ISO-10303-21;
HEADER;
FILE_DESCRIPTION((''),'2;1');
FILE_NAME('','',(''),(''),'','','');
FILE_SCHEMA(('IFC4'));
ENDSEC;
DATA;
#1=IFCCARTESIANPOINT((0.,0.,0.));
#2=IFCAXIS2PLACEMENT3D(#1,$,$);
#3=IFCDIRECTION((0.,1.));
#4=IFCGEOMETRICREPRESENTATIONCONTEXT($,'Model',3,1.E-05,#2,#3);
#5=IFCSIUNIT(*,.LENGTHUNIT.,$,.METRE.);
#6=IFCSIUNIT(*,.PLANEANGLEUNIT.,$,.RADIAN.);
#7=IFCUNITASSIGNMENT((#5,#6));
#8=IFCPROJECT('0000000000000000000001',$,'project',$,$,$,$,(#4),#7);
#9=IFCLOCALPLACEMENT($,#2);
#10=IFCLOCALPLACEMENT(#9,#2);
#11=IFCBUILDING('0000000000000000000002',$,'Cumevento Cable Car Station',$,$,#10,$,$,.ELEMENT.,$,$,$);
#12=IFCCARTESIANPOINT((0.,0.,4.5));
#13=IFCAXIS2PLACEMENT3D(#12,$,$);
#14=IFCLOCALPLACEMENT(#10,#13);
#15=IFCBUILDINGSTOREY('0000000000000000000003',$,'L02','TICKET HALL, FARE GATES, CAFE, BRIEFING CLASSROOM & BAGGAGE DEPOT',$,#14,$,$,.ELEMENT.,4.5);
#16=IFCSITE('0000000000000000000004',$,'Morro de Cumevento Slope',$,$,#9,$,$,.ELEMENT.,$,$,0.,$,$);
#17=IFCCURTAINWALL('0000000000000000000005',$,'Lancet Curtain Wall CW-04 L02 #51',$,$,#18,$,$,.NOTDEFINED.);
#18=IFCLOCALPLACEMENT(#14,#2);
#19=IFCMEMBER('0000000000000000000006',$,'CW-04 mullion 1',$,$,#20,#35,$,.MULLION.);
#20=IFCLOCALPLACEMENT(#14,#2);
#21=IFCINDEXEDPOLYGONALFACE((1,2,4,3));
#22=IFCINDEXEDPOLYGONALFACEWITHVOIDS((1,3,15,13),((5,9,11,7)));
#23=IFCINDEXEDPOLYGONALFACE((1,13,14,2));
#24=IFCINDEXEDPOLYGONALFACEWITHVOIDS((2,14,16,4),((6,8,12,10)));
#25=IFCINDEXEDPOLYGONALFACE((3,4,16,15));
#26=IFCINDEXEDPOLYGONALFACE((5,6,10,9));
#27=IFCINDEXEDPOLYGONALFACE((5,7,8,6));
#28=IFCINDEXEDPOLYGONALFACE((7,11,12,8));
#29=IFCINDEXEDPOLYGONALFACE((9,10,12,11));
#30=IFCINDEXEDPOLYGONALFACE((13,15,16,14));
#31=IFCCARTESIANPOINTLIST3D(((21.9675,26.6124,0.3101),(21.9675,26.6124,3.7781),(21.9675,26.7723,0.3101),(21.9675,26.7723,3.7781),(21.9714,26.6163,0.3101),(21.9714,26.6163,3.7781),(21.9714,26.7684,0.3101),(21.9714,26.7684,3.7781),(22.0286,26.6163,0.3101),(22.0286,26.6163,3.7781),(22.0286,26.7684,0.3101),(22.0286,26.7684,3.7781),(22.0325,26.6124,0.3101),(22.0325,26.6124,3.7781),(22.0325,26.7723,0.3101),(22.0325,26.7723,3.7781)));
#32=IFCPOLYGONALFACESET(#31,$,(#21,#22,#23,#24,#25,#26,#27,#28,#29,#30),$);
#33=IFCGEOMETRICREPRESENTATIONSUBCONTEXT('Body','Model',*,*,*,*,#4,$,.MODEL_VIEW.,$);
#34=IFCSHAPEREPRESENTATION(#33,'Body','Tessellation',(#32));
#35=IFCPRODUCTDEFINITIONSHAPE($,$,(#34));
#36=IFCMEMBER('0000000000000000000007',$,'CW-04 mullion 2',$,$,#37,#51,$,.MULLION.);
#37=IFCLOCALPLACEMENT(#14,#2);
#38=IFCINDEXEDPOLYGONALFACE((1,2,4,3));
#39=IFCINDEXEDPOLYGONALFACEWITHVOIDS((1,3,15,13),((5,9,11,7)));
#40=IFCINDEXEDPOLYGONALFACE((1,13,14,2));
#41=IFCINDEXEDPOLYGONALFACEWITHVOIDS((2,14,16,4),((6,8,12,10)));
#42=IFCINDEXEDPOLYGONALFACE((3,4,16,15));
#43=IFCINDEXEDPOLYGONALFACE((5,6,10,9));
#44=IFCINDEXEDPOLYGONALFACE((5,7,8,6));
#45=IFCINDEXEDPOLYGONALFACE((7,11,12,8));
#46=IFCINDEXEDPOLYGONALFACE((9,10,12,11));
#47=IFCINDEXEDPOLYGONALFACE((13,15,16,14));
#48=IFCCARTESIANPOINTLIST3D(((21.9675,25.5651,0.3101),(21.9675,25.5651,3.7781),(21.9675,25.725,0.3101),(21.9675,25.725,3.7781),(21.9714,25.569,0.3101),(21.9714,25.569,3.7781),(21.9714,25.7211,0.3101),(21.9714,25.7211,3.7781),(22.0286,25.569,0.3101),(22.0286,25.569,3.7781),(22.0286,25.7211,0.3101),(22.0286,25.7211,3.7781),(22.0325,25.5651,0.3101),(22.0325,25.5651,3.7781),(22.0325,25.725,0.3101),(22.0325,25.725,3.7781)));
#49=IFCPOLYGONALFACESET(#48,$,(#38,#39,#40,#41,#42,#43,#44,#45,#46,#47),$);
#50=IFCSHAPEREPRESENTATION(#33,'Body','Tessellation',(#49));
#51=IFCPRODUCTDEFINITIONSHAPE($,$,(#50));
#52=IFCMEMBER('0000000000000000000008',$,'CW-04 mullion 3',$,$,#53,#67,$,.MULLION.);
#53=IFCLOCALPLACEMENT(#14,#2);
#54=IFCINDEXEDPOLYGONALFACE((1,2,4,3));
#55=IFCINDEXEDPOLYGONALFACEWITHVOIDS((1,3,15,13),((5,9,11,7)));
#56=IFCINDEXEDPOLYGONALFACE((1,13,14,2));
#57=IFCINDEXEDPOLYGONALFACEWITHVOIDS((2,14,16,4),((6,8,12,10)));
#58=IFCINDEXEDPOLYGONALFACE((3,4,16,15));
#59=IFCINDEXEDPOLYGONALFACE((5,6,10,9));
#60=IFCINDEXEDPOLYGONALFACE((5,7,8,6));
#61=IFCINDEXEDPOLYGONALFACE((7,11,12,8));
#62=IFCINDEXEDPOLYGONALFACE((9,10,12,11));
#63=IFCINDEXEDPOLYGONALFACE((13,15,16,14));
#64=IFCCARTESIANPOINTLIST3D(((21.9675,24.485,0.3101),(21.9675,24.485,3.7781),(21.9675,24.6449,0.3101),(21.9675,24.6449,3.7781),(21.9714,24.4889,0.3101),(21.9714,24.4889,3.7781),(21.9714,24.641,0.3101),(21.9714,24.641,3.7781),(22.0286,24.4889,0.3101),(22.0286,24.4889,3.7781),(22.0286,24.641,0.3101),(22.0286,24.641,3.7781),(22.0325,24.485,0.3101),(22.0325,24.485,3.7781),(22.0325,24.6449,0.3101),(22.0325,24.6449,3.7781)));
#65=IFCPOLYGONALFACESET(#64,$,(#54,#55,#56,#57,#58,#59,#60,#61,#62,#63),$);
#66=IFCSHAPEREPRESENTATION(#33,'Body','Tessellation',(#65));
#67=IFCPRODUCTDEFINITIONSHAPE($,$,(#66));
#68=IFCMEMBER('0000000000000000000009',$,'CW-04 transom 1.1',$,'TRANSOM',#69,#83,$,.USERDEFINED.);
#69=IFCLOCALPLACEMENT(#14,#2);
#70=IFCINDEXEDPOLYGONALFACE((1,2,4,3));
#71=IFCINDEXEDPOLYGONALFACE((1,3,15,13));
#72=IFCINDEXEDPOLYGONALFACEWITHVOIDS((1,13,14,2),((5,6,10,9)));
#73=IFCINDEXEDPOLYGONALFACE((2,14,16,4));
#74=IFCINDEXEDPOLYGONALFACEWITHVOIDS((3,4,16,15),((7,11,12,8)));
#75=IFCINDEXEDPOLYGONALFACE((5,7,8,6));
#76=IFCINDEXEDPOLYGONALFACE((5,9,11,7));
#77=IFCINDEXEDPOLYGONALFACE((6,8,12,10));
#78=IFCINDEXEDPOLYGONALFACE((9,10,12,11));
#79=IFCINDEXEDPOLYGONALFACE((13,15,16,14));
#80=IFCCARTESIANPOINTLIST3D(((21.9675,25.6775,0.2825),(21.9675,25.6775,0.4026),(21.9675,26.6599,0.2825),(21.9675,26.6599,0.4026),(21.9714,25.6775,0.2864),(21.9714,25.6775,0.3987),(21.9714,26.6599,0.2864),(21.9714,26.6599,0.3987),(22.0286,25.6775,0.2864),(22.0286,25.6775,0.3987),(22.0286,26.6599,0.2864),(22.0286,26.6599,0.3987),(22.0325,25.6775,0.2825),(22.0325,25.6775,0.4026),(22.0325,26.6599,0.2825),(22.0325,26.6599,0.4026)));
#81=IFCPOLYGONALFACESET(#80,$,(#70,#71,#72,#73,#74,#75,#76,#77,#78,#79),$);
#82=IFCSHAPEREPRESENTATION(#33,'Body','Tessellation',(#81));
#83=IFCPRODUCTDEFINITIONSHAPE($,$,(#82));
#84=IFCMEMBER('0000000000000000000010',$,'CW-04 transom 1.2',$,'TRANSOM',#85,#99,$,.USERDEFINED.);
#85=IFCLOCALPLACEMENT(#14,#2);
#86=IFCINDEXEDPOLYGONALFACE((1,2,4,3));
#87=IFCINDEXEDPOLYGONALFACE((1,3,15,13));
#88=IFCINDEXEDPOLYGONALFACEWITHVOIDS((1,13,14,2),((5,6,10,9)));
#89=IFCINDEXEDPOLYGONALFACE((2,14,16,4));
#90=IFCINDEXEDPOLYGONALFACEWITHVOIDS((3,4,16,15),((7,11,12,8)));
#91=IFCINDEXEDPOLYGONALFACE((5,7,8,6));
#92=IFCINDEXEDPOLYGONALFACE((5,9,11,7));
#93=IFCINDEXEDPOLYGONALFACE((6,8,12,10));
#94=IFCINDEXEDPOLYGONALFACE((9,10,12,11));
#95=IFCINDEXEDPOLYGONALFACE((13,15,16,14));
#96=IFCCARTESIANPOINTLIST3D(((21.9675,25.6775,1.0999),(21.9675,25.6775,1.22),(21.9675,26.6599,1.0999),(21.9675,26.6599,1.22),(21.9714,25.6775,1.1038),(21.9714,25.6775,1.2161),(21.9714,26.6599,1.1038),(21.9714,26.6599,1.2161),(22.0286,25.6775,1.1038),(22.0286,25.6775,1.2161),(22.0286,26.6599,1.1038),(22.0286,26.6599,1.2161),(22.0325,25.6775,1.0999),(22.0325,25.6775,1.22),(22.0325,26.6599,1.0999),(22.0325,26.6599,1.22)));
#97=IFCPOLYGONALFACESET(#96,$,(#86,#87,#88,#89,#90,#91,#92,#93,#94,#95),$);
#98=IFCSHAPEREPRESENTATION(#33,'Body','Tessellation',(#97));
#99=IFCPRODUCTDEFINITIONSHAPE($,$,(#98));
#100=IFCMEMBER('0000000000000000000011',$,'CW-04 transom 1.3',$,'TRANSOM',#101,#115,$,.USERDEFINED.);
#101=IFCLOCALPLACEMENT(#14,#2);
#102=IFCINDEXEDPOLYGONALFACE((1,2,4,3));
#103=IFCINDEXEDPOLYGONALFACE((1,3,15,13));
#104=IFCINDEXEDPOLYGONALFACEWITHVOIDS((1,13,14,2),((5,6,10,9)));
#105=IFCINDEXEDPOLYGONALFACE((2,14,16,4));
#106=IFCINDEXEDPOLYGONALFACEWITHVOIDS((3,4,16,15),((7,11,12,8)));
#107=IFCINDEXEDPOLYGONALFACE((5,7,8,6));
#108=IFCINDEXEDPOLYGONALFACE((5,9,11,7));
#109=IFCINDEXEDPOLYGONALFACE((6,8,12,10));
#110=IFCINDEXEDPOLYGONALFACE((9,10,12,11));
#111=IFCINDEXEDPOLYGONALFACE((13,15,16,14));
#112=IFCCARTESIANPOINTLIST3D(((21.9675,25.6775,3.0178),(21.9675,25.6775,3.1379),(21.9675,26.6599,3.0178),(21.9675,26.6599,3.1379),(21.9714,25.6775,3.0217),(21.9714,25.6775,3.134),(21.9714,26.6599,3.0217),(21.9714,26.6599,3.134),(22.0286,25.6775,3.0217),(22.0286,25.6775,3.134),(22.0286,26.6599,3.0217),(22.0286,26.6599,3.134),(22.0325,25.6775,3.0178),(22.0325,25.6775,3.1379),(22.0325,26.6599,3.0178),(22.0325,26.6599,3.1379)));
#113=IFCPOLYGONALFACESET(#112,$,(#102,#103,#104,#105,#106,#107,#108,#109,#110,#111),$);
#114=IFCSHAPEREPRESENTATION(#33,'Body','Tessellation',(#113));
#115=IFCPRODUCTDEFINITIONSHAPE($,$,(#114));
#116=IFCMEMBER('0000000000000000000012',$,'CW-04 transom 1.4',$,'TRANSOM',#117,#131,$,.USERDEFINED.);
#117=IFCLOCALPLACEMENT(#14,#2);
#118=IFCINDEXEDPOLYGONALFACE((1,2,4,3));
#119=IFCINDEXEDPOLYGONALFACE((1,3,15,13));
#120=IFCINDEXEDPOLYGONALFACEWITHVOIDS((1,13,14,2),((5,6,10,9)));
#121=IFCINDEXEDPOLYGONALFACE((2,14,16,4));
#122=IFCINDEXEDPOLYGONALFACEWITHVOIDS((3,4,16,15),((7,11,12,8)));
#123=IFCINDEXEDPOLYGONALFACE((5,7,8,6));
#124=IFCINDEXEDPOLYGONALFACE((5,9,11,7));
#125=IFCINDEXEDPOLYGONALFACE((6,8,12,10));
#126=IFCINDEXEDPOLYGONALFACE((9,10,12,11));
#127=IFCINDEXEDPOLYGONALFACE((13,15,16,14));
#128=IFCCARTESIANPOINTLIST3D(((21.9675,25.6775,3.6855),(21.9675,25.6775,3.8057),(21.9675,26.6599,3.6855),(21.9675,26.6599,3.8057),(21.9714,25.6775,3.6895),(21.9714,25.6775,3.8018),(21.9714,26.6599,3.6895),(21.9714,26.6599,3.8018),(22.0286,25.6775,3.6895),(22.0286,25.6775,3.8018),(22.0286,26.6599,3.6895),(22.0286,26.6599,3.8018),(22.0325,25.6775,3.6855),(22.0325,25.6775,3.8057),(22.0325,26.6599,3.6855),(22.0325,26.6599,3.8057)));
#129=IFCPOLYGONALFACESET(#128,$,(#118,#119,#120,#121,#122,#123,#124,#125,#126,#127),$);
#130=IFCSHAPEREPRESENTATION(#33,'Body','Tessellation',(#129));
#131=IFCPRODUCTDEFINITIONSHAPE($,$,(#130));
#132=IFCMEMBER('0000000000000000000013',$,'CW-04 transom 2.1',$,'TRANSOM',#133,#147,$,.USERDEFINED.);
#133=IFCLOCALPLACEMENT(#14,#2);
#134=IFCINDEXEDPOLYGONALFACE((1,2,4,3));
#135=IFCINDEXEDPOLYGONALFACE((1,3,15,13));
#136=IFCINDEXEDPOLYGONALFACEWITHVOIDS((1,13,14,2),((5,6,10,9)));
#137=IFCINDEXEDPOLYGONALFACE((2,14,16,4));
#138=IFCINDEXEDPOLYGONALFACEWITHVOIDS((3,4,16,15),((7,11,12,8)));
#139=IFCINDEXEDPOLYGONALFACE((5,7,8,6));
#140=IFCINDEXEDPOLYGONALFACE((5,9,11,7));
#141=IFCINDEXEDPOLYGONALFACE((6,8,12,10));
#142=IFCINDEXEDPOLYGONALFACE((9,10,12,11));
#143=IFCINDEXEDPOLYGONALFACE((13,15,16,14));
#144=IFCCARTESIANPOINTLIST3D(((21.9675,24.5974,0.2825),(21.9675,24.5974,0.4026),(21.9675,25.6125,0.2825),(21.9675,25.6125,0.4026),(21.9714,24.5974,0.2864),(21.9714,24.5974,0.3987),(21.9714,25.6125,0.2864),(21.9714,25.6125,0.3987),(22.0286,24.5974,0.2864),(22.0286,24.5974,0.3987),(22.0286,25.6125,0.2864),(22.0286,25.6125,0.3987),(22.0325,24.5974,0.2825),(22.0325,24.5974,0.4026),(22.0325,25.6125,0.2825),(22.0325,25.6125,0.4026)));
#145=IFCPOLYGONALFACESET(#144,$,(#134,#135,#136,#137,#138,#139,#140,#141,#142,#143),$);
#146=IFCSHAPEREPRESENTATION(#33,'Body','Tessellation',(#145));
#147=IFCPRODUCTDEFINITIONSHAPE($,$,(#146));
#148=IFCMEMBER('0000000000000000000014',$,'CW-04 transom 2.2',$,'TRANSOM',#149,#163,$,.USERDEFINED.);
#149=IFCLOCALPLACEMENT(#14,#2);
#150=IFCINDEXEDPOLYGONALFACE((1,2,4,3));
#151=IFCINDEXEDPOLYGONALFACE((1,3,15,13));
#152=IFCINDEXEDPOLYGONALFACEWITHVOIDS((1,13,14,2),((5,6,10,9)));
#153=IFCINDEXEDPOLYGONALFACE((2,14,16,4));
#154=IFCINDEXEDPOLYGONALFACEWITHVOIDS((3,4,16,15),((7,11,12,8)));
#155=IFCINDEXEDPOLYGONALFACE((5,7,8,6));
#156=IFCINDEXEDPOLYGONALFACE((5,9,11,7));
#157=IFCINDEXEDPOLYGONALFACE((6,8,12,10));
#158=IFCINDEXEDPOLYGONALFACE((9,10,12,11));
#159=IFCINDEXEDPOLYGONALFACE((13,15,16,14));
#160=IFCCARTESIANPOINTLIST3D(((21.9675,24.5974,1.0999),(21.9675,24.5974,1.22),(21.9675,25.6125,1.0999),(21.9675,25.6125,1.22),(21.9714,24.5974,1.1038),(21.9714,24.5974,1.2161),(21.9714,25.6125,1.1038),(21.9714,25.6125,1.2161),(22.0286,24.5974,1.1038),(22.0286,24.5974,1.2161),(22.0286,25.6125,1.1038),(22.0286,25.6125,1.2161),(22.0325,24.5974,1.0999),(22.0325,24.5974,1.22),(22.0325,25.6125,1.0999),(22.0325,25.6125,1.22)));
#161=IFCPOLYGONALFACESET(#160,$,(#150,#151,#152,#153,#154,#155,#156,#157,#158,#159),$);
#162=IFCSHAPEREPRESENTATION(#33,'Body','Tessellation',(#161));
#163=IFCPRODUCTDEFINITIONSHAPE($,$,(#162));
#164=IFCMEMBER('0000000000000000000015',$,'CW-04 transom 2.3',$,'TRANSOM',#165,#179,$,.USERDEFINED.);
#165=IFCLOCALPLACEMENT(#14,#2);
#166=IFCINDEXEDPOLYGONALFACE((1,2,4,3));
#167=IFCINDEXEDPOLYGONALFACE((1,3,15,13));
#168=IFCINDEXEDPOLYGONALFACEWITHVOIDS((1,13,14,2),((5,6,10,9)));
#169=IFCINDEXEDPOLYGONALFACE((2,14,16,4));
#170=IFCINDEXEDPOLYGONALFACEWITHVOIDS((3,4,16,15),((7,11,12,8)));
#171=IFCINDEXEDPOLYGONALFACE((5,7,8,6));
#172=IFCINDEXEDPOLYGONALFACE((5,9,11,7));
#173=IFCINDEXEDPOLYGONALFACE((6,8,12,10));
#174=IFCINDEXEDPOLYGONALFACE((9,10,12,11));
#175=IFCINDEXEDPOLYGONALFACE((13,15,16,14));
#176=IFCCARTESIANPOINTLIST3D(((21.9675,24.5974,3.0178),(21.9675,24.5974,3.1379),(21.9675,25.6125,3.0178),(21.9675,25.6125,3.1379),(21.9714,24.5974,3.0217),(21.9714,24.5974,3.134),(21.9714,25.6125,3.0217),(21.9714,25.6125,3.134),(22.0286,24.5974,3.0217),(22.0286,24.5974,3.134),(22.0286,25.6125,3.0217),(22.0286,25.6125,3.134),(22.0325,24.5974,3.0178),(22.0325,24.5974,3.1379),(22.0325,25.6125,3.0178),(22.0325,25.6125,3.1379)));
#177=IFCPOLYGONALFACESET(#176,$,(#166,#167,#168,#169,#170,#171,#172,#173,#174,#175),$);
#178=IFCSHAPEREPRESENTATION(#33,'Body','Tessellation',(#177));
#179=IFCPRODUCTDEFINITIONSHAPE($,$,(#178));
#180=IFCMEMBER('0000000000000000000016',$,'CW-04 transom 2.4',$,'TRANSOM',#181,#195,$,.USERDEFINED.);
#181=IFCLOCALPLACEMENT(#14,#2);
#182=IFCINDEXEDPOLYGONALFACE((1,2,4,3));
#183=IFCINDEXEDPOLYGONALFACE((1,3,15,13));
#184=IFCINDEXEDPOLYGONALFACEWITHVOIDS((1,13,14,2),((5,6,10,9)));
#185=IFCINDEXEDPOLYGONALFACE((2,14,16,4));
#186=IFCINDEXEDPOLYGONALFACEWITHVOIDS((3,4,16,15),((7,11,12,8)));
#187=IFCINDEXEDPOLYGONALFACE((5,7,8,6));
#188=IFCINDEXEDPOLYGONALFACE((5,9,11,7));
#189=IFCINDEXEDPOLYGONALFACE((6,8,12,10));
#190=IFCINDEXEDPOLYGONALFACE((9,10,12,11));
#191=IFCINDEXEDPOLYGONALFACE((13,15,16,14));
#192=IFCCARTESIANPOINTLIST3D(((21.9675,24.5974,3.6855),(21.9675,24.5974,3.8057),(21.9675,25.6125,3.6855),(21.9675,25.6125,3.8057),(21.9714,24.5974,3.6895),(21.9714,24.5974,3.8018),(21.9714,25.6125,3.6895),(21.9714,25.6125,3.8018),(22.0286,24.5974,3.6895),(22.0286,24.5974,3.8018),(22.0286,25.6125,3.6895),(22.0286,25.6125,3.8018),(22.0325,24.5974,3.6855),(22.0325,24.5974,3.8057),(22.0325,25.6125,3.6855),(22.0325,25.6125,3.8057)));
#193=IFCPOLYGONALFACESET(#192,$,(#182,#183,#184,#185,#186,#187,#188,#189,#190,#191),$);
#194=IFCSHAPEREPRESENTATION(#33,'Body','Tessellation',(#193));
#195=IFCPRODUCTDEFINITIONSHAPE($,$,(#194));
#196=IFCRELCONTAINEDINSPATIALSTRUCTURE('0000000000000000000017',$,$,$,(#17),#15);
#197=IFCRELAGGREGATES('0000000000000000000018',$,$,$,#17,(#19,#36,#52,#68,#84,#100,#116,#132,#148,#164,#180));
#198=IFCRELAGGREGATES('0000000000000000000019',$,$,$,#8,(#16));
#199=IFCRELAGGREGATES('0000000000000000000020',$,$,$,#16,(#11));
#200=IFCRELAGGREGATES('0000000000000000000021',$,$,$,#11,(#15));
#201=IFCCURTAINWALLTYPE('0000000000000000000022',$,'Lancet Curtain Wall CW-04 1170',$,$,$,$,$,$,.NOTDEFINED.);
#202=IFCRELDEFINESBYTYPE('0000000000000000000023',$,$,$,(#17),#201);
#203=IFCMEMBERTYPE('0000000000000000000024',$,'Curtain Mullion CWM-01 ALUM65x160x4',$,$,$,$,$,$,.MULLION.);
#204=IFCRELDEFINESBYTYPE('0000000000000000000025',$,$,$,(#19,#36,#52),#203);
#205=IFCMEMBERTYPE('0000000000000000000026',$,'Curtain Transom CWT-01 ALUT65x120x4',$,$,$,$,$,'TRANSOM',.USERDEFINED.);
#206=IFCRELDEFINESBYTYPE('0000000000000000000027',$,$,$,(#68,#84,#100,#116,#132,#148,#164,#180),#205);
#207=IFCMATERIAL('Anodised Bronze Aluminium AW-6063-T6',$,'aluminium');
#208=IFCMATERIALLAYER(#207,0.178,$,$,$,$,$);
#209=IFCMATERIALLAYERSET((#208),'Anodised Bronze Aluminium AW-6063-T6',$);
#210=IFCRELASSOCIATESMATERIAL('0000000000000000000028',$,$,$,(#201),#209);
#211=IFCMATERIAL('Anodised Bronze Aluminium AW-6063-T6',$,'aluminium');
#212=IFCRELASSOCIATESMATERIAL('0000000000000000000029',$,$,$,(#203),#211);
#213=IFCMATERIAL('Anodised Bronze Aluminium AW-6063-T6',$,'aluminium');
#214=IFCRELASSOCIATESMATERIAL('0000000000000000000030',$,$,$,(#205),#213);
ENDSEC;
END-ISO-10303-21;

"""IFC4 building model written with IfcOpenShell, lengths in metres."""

from ifc_helpers import new_model, si_unit, direction, frame, origin, origin_2d, place, context, subcontext, project, spatial, hollow_rectangle, extrude, material, layer, layer_set, material_profile, profile_set, type_object, element, aggregate, save


model = new_model("IFC4")

# Units and contexts
model_context = context("Model", 3, precision=1e-05, world=origin(), true_north=direction((0.0, 1.0)))
body_context = subcontext(model_context, "Body", "Model", "MODEL_VIEW")
ifc_project = project(units=[si_unit("LENGTHUNIT", "METRE"), si_unit("PLANEANGLEUNIT", "RADIAN")], contexts=[model_context])

# Site, building, storey
site_placement = place(None, origin())
site = spatial("IfcSite", under=ifc_project, at=site_placement, Name="Morro de Cumevento Slope", CompositionType="ELEMENT", RefElevation=0.0)
building_placement = place(site_placement, origin())
building = spatial("IfcBuilding", under=site, at=building_placement, Name="Cumevento Cable Car Station", CompositionType="ELEMENT")
storey_placement = place(building_placement, frame((0.0, 0.0, 4.5)))
storey = spatial("IfcBuildingStorey", under=building, at=storey_placement, Name="L02", Description="TICKET HALL, FARE GATES, CAFE, BRIEFING CLASSROOM & BAGGAGE DEPOT", CompositionType="ELEMENT", Elevation=4.5)

# Curtain wall, members
ifc_material_1 = material(Name="Anodised Bronze Aluminium AW-6063-T6", Category="aluminium")
ifc_layer_1 = layer(ifc_material_1, 0.178)
ifc_layer_set_1 = layer_set([ifc_layer_1], Name="Anodised Bronze Aluminium AW-6063-T6")
curtain_wall_type = type_object("IfcCurtainWallType", Name="Lancet Curtain Wall CW-04 1170", PredefinedType="NOTDEFINED", material=ifc_layer_set_1)
curtain_wall_placement = place(storey_placement, origin())
curtain_wall = element("IfcCurtainWall", 1, at=curtain_wall_placement, inside=storey, type_object=curtain_wall_type, Name="Lancet Curtain Wall CW-04 L02 #51", PredefinedType="NOTDEFINED")
ifc_material_2 = material(Name="Anodised Bronze Aluminium AW-6063-T6", Category="aluminium")
ifc_material_profile_1 = material_profile(ifc_material_2, hollow_rectangle(XDim=0.0649, YDim=0.1599, WallThickness=0.0039, at=origin_2d()), Name="ALUM65x160x4")
ifc_profile_set_1 = profile_set([ifc_material_profile_1], Name="Anodised Bronze Aluminium AW-6063-T6")
member_type_1 = type_object("IfcMemberType", Name="Curtain Mullion CWM-01 ALUM65x160x4", PredefinedType="MULLION", material=ifc_profile_set_1)
member_1_placement = place(storey_placement, frame((22.0, 26.6924, 0.3101), z_axis=(0.0, 0.0, 1.0), x_axis=(1.0, 0.0, 0.0)))
member_1 = element("IfcMember", 2, at=member_1_placement, type_object=member_type_1, Name="CW-04 mullion 1", PredefinedType="MULLION", context=body_context, shape_type="SweptSolid", body=[
    extrude(hollow_rectangle(XDim=0.0649, YDim=0.1599, WallThickness=0.0039, at=origin_2d()), origin(), (0.0, 0.0, 1.0), 3.468),
])
member_2_placement = place(storey_placement, frame((22.0, 25.645, 0.3101), z_axis=(0.0, 0.0, 1.0), x_axis=(1.0, 0.0, 0.0)))
member_2 = element("IfcMember", 3, at=member_2_placement, type_object=member_type_1, Name="CW-04 mullion 2", PredefinedType="MULLION", context=body_context, shape_type="SweptSolid", body=[
    extrude(hollow_rectangle(XDim=0.0649, YDim=0.1599, WallThickness=0.0039, at=origin_2d()), origin(), (0.0, 0.0, 1.0), 3.468),
])
member_3_placement = place(storey_placement, frame((22.0, 24.5649, 0.3101), z_axis=(0.0, 0.0, 1.0), x_axis=(1.0, 0.0, 0.0)))
member_3 = element("IfcMember", 4, at=member_3_placement, type_object=member_type_1, Name="CW-04 mullion 3", PredefinedType="MULLION", context=body_context, shape_type="SweptSolid", body=[
    extrude(hollow_rectangle(XDim=0.0649, YDim=0.1599, WallThickness=0.0039, at=origin_2d()), origin(), (0.0, 0.0, 1.0), 3.468),
])
ifc_material_3 = material(Name="Anodised Bronze Aluminium AW-6063-T6", Category="aluminium")
ifc_material_profile_2 = material_profile(ifc_material_3, hollow_rectangle(XDim=0.0649, YDim=0.1201, WallThickness=0.0039, at=origin_2d()), Name="ALUT65x120x4")
ifc_profile_set_2 = profile_set([ifc_material_profile_2], Name="Anodised Bronze Aluminium AW-6063-T6")
member_type_2 = type_object("IfcMemberType", Name="Curtain Transom CWT-01 ALUT65x120x4", ElementType="TRANSOM", PredefinedType="USERDEFINED", material=ifc_profile_set_2)
member_4_placement = place(storey_placement, frame((22.0, 26.6599, 0.3425), z_axis=(0.0, -1.0, 0.0), x_axis=(1.0, 0.0, 0.0)))
member_4 = element("IfcMember", 5, at=member_4_placement, type_object=member_type_2, Name="CW-04 transom 1.1", ObjectType="TRANSOM", PredefinedType="USERDEFINED", context=body_context, shape_type="SweptSolid", body=[
    extrude(hollow_rectangle(XDim=0.0649, YDim=0.1201, WallThickness=0.0039, at=origin_2d()), origin(), (0.0, 0.0, 1.0), 0.9824),
])
member_5_placement = place(storey_placement, frame((22.0, 26.6599, 1.1599), z_axis=(0.0, -1.0, 0.0), x_axis=(1.0, 0.0, 0.0)))
member_5 = element("IfcMember", 6, at=member_5_placement, type_object=member_type_2, Name="CW-04 transom 1.2", ObjectType="TRANSOM", PredefinedType="USERDEFINED", context=body_context, shape_type="SweptSolid", body=[
    extrude(hollow_rectangle(XDim=0.0649, YDim=0.1201, WallThickness=0.0039, at=origin_2d()), origin(), (0.0, 0.0, 1.0), 0.9824),
])
member_6_placement = place(storey_placement, frame((22.0, 26.6599, 3.0779), z_axis=(0.0, -1.0, 0.0), x_axis=(1.0, 0.0, 0.0)))
member_6 = element("IfcMember", 7, at=member_6_placement, type_object=member_type_2, Name="CW-04 transom 1.3", ObjectType="TRANSOM", PredefinedType="USERDEFINED", context=body_context, shape_type="SweptSolid", body=[
    extrude(hollow_rectangle(XDim=0.0649, YDim=0.1201, WallThickness=0.0039, at=origin_2d()), origin(), (0.0, 0.0, 1.0), 0.9824),
])
member_7_placement = place(storey_placement, frame((22.0, 26.6599, 3.7456), z_axis=(0.0, -1.0, 0.0), x_axis=(1.0, 0.0, 0.0)))
member_7 = element("IfcMember", 8, at=member_7_placement, type_object=member_type_2, Name="CW-04 transom 1.4", ObjectType="TRANSOM", PredefinedType="USERDEFINED", context=body_context, shape_type="SweptSolid", body=[
    extrude(hollow_rectangle(XDim=0.0649, YDim=0.1201, WallThickness=0.0039, at=origin_2d()), origin(), (0.0, 0.0, 1.0), 0.9824),
])
member_8_placement = place(storey_placement, frame((22.0, 25.6125, 0.3425), z_axis=(0.0, -1.0, 0.0), x_axis=(1.0, 0.0, 0.0)))
member_8 = element("IfcMember", 9, at=member_8_placement, type_object=member_type_2, Name="CW-04 transom 2.1", ObjectType="TRANSOM", PredefinedType="USERDEFINED", context=body_context, shape_type="SweptSolid", body=[
    extrude(hollow_rectangle(XDim=0.0649, YDim=0.1201, WallThickness=0.0039, at=origin_2d()), origin(), (0.0, 0.0, 1.0), 1.0151),
])
member_9_placement = place(storey_placement, frame((22.0, 25.6125, 1.1599), z_axis=(0.0, -1.0, 0.0), x_axis=(1.0, 0.0, 0.0)))
member_9 = element("IfcMember", 10, at=member_9_placement, type_object=member_type_2, Name="CW-04 transom 2.2", ObjectType="TRANSOM", PredefinedType="USERDEFINED", context=body_context, shape_type="SweptSolid", body=[
    extrude(hollow_rectangle(XDim=0.0649, YDim=0.1201, WallThickness=0.0039, at=origin_2d()), origin(), (0.0, 0.0, 1.0), 1.0151),
])
member_10_placement = place(storey_placement, frame((22.0, 25.6125, 3.0779), z_axis=(0.0, -1.0, 0.0), x_axis=(1.0, 0.0, 0.0)))
member_10 = element("IfcMember", 11, at=member_10_placement, type_object=member_type_2, Name="CW-04 transom 2.3", ObjectType="TRANSOM", PredefinedType="USERDEFINED", context=body_context, shape_type="SweptSolid", body=[
    extrude(hollow_rectangle(XDim=0.0649, YDim=0.1201, WallThickness=0.0039, at=origin_2d()), origin(), (0.0, 0.0, 1.0), 1.0151),
])
member_11_placement = place(storey_placement, frame((22.0, 25.6125, 3.7456), z_axis=(0.0, -1.0, 0.0), x_axis=(1.0, 0.0, 0.0)))
member_11 = element("IfcMember", 12, at=member_11_placement, type_object=member_type_2, Name="CW-04 transom 2.4", ObjectType="TRANSOM", PredefinedType="USERDEFINED", context=body_context, shape_type="SweptSolid", body=[
    extrude(hollow_rectangle(XDim=0.0649, YDim=0.1201, WallThickness=0.0039, at=origin_2d()), origin(), (0.0, 0.0, 1.0), 1.0151),
])
aggregate(curtain_wall, [member_1, member_2, member_3, member_4, member_5, member_6, member_7, member_8, member_9, member_10, member_11])

save(model, "model.ifc")
